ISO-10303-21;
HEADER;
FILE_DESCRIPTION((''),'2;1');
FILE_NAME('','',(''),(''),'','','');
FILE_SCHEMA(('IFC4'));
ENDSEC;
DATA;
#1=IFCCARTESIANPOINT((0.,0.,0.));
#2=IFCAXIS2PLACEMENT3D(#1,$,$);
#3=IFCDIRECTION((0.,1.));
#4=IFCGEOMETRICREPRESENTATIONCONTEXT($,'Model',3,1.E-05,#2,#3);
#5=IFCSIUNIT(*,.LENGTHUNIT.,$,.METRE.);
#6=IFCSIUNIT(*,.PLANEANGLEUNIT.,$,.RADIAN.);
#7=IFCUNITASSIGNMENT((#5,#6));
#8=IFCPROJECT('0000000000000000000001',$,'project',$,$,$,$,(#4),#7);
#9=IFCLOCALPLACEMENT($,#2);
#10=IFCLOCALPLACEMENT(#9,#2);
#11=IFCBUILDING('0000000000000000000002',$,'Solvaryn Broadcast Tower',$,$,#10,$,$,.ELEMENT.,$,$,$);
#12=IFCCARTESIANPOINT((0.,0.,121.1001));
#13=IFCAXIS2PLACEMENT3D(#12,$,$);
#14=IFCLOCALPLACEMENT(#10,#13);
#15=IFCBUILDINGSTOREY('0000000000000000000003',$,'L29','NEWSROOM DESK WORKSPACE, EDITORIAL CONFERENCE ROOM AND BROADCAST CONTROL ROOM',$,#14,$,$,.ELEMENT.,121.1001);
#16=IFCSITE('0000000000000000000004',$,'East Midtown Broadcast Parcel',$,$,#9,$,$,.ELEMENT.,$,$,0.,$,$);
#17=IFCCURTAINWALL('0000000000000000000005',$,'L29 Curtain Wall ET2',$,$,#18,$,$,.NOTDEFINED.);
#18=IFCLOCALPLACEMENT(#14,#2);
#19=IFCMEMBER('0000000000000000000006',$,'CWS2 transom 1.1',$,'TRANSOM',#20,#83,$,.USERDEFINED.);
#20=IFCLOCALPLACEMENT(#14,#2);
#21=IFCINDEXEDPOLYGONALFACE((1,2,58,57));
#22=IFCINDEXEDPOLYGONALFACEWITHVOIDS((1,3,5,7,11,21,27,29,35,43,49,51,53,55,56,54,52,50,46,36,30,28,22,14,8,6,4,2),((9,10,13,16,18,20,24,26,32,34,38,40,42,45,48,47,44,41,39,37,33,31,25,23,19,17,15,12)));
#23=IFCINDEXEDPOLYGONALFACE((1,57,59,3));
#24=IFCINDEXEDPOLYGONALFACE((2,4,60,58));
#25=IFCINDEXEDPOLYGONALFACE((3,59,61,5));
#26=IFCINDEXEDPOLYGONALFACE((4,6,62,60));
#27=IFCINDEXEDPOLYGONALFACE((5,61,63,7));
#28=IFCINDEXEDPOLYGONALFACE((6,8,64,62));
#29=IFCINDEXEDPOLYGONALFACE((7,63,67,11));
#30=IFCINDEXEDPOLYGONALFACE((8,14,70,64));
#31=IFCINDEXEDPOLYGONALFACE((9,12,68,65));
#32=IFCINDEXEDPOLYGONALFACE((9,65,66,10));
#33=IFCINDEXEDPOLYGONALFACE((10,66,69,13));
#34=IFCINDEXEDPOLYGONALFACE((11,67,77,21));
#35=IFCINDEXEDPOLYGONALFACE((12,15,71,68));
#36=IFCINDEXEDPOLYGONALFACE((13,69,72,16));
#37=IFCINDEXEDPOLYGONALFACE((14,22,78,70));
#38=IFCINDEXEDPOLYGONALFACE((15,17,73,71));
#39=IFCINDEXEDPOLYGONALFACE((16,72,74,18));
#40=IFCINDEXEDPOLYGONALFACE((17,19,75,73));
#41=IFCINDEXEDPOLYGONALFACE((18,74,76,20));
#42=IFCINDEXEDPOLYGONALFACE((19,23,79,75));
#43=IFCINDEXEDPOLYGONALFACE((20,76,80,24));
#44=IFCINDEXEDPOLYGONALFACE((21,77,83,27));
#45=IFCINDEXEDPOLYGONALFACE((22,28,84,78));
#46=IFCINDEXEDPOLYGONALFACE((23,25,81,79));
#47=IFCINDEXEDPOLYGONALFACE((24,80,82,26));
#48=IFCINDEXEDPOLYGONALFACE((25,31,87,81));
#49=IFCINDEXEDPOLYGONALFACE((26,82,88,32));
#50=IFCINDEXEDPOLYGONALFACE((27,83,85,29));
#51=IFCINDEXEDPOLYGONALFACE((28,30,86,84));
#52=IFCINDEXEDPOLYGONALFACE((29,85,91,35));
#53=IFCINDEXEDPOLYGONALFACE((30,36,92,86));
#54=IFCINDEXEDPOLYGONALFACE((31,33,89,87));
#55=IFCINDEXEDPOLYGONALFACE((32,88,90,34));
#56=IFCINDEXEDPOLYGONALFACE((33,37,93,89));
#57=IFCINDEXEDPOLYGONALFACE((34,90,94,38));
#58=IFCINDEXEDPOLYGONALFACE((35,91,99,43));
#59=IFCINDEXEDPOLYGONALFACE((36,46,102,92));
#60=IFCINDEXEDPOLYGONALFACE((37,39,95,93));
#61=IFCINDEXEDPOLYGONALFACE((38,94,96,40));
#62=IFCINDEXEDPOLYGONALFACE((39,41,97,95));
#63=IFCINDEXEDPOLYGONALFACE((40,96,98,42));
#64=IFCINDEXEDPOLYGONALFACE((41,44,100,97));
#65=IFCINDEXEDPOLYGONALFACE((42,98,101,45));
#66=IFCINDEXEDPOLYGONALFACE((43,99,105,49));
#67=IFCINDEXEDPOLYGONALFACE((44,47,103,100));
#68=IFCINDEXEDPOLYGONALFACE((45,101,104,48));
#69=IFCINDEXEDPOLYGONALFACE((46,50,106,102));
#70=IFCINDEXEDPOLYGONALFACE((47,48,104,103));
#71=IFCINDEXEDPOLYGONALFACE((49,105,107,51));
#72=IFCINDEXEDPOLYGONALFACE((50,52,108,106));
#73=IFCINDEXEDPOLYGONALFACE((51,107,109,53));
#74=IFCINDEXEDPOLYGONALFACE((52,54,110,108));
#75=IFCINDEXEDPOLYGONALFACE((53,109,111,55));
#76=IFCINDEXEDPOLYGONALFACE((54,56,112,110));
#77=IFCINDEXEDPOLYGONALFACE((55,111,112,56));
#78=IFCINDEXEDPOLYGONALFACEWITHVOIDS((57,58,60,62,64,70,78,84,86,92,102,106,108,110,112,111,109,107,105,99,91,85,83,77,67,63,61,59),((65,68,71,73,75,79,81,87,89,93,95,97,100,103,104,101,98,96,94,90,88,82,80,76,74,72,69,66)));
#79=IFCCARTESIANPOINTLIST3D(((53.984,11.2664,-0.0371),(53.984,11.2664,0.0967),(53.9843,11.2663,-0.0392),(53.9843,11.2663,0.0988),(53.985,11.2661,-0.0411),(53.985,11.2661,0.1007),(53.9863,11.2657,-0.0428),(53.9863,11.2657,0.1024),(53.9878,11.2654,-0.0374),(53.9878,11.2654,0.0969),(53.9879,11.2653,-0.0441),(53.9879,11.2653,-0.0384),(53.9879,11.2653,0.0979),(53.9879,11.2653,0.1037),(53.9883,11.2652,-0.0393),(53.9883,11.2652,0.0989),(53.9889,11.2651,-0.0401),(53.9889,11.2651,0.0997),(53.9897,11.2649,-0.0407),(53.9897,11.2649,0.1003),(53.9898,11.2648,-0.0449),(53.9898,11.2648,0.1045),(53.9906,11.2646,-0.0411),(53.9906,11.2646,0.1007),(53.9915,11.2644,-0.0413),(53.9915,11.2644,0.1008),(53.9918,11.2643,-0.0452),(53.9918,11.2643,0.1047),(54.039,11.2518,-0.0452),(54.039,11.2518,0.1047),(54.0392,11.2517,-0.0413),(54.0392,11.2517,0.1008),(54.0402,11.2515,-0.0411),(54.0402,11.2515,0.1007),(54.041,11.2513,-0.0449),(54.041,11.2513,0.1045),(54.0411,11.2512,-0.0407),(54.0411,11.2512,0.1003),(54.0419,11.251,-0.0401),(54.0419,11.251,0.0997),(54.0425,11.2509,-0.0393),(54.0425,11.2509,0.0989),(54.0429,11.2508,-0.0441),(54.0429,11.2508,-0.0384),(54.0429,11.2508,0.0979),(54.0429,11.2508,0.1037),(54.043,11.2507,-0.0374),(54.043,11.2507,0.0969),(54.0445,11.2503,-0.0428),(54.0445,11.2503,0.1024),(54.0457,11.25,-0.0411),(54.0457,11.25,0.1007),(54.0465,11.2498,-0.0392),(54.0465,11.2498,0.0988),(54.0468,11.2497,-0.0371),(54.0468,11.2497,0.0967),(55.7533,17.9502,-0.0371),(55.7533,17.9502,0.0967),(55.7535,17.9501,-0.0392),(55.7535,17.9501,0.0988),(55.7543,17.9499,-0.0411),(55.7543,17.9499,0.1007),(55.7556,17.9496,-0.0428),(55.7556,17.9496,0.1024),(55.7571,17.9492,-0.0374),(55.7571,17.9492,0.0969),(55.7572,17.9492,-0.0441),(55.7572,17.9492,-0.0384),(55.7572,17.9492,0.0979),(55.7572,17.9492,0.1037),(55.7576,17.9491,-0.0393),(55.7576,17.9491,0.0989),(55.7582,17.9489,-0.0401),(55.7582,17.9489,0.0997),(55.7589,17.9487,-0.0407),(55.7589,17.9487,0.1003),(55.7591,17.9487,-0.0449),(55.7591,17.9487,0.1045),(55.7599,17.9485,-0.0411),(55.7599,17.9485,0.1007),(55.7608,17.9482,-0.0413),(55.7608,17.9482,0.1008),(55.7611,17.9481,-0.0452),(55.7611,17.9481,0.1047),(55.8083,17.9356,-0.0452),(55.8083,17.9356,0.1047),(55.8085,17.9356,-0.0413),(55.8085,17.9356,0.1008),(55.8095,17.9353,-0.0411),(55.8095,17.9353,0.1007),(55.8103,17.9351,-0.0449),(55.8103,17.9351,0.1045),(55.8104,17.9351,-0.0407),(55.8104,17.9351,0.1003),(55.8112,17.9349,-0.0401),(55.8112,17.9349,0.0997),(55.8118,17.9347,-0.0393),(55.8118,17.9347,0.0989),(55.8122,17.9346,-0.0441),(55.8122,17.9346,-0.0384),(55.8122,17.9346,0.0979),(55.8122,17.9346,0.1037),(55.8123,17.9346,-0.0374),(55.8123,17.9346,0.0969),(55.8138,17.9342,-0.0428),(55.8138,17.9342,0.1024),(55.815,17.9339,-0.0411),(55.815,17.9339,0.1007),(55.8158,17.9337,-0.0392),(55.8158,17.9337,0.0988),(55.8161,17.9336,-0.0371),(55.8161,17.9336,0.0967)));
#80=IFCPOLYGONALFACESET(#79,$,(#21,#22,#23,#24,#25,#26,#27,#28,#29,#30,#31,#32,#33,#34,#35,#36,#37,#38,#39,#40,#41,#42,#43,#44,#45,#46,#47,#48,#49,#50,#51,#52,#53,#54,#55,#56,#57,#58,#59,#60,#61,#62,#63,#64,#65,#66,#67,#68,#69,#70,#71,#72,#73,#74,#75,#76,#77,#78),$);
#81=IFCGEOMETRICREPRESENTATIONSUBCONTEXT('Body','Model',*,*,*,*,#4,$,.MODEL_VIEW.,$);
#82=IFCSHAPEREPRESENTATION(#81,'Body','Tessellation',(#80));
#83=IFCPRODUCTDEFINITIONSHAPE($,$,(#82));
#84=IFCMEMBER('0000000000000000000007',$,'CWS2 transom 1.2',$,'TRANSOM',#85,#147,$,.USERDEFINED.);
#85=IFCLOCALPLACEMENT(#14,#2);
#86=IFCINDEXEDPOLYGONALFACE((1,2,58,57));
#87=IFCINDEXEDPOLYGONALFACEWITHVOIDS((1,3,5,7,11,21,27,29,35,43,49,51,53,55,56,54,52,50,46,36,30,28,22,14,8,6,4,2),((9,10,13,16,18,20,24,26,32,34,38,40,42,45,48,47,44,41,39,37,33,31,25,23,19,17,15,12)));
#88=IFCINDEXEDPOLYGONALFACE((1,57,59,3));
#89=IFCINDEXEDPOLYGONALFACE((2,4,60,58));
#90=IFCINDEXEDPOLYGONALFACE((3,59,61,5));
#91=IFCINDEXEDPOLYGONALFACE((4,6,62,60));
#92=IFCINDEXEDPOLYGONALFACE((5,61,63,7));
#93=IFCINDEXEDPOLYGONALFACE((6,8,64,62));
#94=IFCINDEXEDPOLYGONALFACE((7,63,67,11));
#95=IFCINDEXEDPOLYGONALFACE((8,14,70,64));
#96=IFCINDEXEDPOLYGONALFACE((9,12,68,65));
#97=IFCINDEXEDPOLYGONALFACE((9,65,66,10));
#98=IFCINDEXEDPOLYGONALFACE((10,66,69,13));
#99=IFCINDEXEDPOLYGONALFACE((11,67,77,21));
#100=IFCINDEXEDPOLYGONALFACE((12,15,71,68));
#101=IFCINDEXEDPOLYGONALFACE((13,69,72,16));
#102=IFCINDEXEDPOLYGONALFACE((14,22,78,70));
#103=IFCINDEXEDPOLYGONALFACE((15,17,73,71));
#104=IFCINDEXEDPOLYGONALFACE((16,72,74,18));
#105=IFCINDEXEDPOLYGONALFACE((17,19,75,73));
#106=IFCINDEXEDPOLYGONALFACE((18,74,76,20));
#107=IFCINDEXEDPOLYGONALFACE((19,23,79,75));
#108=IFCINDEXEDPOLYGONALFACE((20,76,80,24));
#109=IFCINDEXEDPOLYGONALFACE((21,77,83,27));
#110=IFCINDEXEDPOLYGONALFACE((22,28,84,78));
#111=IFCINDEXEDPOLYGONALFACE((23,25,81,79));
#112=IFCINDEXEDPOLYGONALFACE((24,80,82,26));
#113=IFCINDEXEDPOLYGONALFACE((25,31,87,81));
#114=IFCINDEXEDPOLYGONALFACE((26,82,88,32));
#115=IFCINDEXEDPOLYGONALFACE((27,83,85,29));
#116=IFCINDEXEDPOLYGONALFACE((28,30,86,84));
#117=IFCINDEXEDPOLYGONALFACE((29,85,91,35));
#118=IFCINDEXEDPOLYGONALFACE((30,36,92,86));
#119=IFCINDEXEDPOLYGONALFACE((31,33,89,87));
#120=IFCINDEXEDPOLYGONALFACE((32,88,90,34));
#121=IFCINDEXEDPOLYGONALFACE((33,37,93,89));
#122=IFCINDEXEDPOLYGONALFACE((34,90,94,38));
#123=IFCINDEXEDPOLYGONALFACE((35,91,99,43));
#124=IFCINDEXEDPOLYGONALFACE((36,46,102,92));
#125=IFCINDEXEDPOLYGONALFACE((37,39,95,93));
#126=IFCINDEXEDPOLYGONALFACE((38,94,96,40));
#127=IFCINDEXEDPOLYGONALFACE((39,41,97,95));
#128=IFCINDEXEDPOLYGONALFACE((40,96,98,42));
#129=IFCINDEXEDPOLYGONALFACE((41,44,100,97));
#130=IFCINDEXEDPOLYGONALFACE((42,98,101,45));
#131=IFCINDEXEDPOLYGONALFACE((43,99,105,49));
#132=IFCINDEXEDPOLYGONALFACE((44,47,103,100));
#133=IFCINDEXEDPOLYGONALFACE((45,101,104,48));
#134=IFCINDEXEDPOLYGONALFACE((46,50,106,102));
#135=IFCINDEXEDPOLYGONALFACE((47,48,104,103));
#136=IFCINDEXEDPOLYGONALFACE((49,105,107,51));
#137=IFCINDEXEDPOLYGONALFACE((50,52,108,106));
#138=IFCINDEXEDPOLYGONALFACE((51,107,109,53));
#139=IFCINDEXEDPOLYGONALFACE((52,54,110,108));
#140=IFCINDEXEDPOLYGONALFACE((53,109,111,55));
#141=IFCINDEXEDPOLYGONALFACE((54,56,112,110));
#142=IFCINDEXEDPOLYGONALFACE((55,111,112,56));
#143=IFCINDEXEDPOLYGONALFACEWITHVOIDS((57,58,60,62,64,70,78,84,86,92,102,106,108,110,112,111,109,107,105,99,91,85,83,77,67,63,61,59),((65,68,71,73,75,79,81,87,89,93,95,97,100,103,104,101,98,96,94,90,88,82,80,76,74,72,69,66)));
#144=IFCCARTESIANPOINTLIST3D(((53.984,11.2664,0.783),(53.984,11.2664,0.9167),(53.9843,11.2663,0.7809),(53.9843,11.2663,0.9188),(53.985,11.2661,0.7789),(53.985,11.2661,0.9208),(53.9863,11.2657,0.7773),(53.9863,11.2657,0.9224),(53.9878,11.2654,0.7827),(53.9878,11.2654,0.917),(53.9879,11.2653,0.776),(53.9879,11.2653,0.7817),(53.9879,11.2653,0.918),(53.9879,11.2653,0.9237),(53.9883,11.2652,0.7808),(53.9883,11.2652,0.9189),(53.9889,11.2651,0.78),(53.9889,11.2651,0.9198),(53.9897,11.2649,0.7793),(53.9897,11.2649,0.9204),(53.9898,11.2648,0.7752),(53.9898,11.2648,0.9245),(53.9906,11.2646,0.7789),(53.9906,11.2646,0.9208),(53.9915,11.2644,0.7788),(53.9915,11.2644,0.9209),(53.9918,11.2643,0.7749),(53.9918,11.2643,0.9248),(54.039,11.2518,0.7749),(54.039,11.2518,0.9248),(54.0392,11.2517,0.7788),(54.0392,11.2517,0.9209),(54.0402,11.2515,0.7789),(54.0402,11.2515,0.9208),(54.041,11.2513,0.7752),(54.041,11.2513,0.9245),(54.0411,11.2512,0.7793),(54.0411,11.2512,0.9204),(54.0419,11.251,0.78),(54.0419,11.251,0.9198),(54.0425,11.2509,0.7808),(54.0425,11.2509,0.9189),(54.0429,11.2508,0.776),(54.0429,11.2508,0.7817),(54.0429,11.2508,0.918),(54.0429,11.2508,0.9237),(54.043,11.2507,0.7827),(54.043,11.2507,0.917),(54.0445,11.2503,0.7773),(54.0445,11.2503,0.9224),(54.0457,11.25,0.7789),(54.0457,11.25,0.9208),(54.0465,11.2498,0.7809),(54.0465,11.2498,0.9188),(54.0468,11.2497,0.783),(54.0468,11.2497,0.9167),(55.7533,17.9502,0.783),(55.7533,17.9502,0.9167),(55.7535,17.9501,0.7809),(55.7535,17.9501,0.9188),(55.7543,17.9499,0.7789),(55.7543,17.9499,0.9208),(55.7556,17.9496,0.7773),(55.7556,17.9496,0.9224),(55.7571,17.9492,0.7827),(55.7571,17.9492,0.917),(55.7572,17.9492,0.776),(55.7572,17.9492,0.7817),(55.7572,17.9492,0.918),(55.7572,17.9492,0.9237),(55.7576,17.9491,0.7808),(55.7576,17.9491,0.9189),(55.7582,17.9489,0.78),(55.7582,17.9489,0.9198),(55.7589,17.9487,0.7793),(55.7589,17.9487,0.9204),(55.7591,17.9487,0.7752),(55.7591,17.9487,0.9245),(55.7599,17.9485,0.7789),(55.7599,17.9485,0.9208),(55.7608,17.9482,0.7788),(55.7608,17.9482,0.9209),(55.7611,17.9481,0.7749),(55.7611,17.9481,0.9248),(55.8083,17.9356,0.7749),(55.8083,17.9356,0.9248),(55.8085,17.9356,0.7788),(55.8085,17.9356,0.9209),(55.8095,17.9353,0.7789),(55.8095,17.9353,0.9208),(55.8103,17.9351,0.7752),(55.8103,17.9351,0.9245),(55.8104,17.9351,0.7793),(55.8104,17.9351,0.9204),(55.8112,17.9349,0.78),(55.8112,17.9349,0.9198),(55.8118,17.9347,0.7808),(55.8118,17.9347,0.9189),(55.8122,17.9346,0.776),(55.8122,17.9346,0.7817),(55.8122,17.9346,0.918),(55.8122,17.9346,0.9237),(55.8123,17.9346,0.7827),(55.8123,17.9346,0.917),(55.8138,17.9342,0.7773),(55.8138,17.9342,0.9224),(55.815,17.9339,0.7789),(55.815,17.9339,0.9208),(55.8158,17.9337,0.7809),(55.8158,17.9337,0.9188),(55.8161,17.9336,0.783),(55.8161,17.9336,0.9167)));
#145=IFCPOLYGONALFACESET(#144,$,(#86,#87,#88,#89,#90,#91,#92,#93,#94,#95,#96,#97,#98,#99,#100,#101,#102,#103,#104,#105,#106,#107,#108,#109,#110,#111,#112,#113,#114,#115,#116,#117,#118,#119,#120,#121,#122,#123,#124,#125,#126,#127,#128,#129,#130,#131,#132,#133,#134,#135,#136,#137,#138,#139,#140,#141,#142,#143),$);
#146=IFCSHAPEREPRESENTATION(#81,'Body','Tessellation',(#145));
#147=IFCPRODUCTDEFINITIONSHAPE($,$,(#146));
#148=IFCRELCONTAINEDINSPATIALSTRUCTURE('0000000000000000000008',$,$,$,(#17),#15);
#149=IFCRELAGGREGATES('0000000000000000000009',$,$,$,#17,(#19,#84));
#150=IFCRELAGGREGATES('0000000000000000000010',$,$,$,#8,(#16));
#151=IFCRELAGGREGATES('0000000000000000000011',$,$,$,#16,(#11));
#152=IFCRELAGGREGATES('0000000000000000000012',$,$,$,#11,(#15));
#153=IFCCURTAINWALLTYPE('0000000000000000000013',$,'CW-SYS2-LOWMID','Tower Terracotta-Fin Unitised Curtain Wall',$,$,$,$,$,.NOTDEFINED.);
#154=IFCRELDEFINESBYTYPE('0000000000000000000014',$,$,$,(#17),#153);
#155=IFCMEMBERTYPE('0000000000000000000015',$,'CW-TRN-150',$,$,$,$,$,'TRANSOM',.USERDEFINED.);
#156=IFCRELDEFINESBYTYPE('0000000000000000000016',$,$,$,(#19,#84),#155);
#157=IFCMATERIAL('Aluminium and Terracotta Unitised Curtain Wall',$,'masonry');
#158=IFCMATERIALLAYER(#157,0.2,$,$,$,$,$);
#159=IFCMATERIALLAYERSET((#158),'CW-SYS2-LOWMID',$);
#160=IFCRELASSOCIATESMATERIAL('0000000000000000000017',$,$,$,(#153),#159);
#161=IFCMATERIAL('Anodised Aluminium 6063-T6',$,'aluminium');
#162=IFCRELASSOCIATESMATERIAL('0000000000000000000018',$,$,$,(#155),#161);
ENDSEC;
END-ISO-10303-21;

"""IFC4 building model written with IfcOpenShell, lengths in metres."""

from ifc_helpers import new_model, si_unit, direction, frame, origin, origin_2d, place, context, subcontext, project, spatial, hollow_rectangle, extrude, material, layer, layer_set, material_profile, profile_set, type_object, element, aggregate, save


model = new_model("IFC4")

# Units and contexts
model_context = context("Model", 3, precision=1e-05, world=origin(), true_north=direction((0.0, 1.0)))
body_context = subcontext(model_context, "Body", "Model", "MODEL_VIEW")
ifc_project = project(units=[si_unit("LENGTHUNIT", "METRE"), si_unit("PLANEANGLEUNIT", "RADIAN")], contexts=[model_context])

# Site, building, storey
site_placement = place(None, origin())
site = spatial("IfcSite", under=ifc_project, at=site_placement, Name="East Midtown Broadcast Parcel", CompositionType="ELEMENT", RefElevation=0.0)
building_placement = place(site_placement, origin())
building = spatial("IfcBuilding", under=site, at=building_placement, Name="Solvaryn Broadcast Tower", CompositionType="ELEMENT")
storey_placement = place(building_placement, frame((0.0, 0.0, 121.1001)))
storey = spatial("IfcBuildingStorey", under=building, at=storey_placement, Name="L29", Description="NEWSROOM DESK WORKSPACE, EDITORIAL CONFERENCE ROOM AND BROADCAST CONTROL ROOM", CompositionType="ELEMENT", Elevation=121.1001)

# Shared definitions
ifc_material_1 = material(Name="Aluminium and Terracotta Unitised Curtain Wall", Category="masonry")
ifc_layer_1 = layer(ifc_material_1, 0.2)
ifc_layer_set_1 = layer_set([ifc_layer_1], Name="CW-SYS2-LOWMID")
curtain_wall_type = type_object("IfcCurtainWallType", Name="CW-SYS2-LOWMID", Description="Tower Terracotta-Fin Unitised Curtain Wall", PredefinedType="NOTDEFINED", material=ifc_layer_set_1)

# Curtain wall, members
curtain_wall_1_placement = place(storey_placement, origin())
curtain_wall_1 = element("IfcCurtainWall", 1, at=curtain_wall_1_placement, inside=storey, type_object=curtain_wall_type, Name="L29 Curtain Wall ET2", PredefinedType="NOTDEFINED")
ifc_material_2 = material(Name="Anodised Aluminium 6063-T6", Category="aluminium")
ifc_material_profile_1 = material_profile(ifc_material_2, hollow_rectangle(XDim=0.0649, YDim=0.1499, WallThickness=0.0039, InnerFilletRadius=0.0039, OuterFilletRadius=0.0081, at=origin_2d()))
ifc_profile_set_1 = profile_set([ifc_material_profile_1], Name="Anodised Aluminium 6063-T6")
member_type_1 = type_object("IfcMemberType", Name="CW-TRN-150", ElementType="TRANSOM", PredefinedType="USERDEFINED", material=ifc_profile_set_1)
member_1_placement = place(storey_placement, frame((55.7847, 17.9419, 0.0298), z_axis=(-0.255897, -0.966704, 0.0), x_axis=(0.966704, -0.255897, 0.0)))
member_1 = element("IfcMember", 2, at=member_1_placement, type_object=member_type_1, Name="CWS2 transom 1.1", ObjectType="TRANSOM", PredefinedType="USERDEFINED", context=body_context, shape_type="SweptSolid", body=[
    extrude(hollow_rectangle(XDim=0.0649, YDim=0.1499, WallThickness=0.0039, InnerFilletRadius=0.0039, OuterFilletRadius=0.0081, at=origin_2d()), origin(), (0.0, 0.0, 1.0), 6.9141),
])
member_2_placement = place(storey_placement, frame((55.7847, 17.9419, 0.8499), z_axis=(-0.255897, -0.966704, 0.0), x_axis=(0.966704, -0.255897, 0.0)))
member_2 = element("IfcMember", 3, at=member_2_placement, type_object=member_type_1, Name="CWS2 transom 1.2", ObjectType="TRANSOM", PredefinedType="USERDEFINED", context=body_context, shape_type="SweptSolid", body=[
    extrude(hollow_rectangle(XDim=0.0649, YDim=0.1499, WallThickness=0.0039, InnerFilletRadius=0.0039, OuterFilletRadius=0.0081, at=origin_2d()), origin(), (0.0, 0.0, 1.0), 6.9141),
])

aggregate(curtain_wall_1, [member_1, member_2])

save(model, "model.ifc")
